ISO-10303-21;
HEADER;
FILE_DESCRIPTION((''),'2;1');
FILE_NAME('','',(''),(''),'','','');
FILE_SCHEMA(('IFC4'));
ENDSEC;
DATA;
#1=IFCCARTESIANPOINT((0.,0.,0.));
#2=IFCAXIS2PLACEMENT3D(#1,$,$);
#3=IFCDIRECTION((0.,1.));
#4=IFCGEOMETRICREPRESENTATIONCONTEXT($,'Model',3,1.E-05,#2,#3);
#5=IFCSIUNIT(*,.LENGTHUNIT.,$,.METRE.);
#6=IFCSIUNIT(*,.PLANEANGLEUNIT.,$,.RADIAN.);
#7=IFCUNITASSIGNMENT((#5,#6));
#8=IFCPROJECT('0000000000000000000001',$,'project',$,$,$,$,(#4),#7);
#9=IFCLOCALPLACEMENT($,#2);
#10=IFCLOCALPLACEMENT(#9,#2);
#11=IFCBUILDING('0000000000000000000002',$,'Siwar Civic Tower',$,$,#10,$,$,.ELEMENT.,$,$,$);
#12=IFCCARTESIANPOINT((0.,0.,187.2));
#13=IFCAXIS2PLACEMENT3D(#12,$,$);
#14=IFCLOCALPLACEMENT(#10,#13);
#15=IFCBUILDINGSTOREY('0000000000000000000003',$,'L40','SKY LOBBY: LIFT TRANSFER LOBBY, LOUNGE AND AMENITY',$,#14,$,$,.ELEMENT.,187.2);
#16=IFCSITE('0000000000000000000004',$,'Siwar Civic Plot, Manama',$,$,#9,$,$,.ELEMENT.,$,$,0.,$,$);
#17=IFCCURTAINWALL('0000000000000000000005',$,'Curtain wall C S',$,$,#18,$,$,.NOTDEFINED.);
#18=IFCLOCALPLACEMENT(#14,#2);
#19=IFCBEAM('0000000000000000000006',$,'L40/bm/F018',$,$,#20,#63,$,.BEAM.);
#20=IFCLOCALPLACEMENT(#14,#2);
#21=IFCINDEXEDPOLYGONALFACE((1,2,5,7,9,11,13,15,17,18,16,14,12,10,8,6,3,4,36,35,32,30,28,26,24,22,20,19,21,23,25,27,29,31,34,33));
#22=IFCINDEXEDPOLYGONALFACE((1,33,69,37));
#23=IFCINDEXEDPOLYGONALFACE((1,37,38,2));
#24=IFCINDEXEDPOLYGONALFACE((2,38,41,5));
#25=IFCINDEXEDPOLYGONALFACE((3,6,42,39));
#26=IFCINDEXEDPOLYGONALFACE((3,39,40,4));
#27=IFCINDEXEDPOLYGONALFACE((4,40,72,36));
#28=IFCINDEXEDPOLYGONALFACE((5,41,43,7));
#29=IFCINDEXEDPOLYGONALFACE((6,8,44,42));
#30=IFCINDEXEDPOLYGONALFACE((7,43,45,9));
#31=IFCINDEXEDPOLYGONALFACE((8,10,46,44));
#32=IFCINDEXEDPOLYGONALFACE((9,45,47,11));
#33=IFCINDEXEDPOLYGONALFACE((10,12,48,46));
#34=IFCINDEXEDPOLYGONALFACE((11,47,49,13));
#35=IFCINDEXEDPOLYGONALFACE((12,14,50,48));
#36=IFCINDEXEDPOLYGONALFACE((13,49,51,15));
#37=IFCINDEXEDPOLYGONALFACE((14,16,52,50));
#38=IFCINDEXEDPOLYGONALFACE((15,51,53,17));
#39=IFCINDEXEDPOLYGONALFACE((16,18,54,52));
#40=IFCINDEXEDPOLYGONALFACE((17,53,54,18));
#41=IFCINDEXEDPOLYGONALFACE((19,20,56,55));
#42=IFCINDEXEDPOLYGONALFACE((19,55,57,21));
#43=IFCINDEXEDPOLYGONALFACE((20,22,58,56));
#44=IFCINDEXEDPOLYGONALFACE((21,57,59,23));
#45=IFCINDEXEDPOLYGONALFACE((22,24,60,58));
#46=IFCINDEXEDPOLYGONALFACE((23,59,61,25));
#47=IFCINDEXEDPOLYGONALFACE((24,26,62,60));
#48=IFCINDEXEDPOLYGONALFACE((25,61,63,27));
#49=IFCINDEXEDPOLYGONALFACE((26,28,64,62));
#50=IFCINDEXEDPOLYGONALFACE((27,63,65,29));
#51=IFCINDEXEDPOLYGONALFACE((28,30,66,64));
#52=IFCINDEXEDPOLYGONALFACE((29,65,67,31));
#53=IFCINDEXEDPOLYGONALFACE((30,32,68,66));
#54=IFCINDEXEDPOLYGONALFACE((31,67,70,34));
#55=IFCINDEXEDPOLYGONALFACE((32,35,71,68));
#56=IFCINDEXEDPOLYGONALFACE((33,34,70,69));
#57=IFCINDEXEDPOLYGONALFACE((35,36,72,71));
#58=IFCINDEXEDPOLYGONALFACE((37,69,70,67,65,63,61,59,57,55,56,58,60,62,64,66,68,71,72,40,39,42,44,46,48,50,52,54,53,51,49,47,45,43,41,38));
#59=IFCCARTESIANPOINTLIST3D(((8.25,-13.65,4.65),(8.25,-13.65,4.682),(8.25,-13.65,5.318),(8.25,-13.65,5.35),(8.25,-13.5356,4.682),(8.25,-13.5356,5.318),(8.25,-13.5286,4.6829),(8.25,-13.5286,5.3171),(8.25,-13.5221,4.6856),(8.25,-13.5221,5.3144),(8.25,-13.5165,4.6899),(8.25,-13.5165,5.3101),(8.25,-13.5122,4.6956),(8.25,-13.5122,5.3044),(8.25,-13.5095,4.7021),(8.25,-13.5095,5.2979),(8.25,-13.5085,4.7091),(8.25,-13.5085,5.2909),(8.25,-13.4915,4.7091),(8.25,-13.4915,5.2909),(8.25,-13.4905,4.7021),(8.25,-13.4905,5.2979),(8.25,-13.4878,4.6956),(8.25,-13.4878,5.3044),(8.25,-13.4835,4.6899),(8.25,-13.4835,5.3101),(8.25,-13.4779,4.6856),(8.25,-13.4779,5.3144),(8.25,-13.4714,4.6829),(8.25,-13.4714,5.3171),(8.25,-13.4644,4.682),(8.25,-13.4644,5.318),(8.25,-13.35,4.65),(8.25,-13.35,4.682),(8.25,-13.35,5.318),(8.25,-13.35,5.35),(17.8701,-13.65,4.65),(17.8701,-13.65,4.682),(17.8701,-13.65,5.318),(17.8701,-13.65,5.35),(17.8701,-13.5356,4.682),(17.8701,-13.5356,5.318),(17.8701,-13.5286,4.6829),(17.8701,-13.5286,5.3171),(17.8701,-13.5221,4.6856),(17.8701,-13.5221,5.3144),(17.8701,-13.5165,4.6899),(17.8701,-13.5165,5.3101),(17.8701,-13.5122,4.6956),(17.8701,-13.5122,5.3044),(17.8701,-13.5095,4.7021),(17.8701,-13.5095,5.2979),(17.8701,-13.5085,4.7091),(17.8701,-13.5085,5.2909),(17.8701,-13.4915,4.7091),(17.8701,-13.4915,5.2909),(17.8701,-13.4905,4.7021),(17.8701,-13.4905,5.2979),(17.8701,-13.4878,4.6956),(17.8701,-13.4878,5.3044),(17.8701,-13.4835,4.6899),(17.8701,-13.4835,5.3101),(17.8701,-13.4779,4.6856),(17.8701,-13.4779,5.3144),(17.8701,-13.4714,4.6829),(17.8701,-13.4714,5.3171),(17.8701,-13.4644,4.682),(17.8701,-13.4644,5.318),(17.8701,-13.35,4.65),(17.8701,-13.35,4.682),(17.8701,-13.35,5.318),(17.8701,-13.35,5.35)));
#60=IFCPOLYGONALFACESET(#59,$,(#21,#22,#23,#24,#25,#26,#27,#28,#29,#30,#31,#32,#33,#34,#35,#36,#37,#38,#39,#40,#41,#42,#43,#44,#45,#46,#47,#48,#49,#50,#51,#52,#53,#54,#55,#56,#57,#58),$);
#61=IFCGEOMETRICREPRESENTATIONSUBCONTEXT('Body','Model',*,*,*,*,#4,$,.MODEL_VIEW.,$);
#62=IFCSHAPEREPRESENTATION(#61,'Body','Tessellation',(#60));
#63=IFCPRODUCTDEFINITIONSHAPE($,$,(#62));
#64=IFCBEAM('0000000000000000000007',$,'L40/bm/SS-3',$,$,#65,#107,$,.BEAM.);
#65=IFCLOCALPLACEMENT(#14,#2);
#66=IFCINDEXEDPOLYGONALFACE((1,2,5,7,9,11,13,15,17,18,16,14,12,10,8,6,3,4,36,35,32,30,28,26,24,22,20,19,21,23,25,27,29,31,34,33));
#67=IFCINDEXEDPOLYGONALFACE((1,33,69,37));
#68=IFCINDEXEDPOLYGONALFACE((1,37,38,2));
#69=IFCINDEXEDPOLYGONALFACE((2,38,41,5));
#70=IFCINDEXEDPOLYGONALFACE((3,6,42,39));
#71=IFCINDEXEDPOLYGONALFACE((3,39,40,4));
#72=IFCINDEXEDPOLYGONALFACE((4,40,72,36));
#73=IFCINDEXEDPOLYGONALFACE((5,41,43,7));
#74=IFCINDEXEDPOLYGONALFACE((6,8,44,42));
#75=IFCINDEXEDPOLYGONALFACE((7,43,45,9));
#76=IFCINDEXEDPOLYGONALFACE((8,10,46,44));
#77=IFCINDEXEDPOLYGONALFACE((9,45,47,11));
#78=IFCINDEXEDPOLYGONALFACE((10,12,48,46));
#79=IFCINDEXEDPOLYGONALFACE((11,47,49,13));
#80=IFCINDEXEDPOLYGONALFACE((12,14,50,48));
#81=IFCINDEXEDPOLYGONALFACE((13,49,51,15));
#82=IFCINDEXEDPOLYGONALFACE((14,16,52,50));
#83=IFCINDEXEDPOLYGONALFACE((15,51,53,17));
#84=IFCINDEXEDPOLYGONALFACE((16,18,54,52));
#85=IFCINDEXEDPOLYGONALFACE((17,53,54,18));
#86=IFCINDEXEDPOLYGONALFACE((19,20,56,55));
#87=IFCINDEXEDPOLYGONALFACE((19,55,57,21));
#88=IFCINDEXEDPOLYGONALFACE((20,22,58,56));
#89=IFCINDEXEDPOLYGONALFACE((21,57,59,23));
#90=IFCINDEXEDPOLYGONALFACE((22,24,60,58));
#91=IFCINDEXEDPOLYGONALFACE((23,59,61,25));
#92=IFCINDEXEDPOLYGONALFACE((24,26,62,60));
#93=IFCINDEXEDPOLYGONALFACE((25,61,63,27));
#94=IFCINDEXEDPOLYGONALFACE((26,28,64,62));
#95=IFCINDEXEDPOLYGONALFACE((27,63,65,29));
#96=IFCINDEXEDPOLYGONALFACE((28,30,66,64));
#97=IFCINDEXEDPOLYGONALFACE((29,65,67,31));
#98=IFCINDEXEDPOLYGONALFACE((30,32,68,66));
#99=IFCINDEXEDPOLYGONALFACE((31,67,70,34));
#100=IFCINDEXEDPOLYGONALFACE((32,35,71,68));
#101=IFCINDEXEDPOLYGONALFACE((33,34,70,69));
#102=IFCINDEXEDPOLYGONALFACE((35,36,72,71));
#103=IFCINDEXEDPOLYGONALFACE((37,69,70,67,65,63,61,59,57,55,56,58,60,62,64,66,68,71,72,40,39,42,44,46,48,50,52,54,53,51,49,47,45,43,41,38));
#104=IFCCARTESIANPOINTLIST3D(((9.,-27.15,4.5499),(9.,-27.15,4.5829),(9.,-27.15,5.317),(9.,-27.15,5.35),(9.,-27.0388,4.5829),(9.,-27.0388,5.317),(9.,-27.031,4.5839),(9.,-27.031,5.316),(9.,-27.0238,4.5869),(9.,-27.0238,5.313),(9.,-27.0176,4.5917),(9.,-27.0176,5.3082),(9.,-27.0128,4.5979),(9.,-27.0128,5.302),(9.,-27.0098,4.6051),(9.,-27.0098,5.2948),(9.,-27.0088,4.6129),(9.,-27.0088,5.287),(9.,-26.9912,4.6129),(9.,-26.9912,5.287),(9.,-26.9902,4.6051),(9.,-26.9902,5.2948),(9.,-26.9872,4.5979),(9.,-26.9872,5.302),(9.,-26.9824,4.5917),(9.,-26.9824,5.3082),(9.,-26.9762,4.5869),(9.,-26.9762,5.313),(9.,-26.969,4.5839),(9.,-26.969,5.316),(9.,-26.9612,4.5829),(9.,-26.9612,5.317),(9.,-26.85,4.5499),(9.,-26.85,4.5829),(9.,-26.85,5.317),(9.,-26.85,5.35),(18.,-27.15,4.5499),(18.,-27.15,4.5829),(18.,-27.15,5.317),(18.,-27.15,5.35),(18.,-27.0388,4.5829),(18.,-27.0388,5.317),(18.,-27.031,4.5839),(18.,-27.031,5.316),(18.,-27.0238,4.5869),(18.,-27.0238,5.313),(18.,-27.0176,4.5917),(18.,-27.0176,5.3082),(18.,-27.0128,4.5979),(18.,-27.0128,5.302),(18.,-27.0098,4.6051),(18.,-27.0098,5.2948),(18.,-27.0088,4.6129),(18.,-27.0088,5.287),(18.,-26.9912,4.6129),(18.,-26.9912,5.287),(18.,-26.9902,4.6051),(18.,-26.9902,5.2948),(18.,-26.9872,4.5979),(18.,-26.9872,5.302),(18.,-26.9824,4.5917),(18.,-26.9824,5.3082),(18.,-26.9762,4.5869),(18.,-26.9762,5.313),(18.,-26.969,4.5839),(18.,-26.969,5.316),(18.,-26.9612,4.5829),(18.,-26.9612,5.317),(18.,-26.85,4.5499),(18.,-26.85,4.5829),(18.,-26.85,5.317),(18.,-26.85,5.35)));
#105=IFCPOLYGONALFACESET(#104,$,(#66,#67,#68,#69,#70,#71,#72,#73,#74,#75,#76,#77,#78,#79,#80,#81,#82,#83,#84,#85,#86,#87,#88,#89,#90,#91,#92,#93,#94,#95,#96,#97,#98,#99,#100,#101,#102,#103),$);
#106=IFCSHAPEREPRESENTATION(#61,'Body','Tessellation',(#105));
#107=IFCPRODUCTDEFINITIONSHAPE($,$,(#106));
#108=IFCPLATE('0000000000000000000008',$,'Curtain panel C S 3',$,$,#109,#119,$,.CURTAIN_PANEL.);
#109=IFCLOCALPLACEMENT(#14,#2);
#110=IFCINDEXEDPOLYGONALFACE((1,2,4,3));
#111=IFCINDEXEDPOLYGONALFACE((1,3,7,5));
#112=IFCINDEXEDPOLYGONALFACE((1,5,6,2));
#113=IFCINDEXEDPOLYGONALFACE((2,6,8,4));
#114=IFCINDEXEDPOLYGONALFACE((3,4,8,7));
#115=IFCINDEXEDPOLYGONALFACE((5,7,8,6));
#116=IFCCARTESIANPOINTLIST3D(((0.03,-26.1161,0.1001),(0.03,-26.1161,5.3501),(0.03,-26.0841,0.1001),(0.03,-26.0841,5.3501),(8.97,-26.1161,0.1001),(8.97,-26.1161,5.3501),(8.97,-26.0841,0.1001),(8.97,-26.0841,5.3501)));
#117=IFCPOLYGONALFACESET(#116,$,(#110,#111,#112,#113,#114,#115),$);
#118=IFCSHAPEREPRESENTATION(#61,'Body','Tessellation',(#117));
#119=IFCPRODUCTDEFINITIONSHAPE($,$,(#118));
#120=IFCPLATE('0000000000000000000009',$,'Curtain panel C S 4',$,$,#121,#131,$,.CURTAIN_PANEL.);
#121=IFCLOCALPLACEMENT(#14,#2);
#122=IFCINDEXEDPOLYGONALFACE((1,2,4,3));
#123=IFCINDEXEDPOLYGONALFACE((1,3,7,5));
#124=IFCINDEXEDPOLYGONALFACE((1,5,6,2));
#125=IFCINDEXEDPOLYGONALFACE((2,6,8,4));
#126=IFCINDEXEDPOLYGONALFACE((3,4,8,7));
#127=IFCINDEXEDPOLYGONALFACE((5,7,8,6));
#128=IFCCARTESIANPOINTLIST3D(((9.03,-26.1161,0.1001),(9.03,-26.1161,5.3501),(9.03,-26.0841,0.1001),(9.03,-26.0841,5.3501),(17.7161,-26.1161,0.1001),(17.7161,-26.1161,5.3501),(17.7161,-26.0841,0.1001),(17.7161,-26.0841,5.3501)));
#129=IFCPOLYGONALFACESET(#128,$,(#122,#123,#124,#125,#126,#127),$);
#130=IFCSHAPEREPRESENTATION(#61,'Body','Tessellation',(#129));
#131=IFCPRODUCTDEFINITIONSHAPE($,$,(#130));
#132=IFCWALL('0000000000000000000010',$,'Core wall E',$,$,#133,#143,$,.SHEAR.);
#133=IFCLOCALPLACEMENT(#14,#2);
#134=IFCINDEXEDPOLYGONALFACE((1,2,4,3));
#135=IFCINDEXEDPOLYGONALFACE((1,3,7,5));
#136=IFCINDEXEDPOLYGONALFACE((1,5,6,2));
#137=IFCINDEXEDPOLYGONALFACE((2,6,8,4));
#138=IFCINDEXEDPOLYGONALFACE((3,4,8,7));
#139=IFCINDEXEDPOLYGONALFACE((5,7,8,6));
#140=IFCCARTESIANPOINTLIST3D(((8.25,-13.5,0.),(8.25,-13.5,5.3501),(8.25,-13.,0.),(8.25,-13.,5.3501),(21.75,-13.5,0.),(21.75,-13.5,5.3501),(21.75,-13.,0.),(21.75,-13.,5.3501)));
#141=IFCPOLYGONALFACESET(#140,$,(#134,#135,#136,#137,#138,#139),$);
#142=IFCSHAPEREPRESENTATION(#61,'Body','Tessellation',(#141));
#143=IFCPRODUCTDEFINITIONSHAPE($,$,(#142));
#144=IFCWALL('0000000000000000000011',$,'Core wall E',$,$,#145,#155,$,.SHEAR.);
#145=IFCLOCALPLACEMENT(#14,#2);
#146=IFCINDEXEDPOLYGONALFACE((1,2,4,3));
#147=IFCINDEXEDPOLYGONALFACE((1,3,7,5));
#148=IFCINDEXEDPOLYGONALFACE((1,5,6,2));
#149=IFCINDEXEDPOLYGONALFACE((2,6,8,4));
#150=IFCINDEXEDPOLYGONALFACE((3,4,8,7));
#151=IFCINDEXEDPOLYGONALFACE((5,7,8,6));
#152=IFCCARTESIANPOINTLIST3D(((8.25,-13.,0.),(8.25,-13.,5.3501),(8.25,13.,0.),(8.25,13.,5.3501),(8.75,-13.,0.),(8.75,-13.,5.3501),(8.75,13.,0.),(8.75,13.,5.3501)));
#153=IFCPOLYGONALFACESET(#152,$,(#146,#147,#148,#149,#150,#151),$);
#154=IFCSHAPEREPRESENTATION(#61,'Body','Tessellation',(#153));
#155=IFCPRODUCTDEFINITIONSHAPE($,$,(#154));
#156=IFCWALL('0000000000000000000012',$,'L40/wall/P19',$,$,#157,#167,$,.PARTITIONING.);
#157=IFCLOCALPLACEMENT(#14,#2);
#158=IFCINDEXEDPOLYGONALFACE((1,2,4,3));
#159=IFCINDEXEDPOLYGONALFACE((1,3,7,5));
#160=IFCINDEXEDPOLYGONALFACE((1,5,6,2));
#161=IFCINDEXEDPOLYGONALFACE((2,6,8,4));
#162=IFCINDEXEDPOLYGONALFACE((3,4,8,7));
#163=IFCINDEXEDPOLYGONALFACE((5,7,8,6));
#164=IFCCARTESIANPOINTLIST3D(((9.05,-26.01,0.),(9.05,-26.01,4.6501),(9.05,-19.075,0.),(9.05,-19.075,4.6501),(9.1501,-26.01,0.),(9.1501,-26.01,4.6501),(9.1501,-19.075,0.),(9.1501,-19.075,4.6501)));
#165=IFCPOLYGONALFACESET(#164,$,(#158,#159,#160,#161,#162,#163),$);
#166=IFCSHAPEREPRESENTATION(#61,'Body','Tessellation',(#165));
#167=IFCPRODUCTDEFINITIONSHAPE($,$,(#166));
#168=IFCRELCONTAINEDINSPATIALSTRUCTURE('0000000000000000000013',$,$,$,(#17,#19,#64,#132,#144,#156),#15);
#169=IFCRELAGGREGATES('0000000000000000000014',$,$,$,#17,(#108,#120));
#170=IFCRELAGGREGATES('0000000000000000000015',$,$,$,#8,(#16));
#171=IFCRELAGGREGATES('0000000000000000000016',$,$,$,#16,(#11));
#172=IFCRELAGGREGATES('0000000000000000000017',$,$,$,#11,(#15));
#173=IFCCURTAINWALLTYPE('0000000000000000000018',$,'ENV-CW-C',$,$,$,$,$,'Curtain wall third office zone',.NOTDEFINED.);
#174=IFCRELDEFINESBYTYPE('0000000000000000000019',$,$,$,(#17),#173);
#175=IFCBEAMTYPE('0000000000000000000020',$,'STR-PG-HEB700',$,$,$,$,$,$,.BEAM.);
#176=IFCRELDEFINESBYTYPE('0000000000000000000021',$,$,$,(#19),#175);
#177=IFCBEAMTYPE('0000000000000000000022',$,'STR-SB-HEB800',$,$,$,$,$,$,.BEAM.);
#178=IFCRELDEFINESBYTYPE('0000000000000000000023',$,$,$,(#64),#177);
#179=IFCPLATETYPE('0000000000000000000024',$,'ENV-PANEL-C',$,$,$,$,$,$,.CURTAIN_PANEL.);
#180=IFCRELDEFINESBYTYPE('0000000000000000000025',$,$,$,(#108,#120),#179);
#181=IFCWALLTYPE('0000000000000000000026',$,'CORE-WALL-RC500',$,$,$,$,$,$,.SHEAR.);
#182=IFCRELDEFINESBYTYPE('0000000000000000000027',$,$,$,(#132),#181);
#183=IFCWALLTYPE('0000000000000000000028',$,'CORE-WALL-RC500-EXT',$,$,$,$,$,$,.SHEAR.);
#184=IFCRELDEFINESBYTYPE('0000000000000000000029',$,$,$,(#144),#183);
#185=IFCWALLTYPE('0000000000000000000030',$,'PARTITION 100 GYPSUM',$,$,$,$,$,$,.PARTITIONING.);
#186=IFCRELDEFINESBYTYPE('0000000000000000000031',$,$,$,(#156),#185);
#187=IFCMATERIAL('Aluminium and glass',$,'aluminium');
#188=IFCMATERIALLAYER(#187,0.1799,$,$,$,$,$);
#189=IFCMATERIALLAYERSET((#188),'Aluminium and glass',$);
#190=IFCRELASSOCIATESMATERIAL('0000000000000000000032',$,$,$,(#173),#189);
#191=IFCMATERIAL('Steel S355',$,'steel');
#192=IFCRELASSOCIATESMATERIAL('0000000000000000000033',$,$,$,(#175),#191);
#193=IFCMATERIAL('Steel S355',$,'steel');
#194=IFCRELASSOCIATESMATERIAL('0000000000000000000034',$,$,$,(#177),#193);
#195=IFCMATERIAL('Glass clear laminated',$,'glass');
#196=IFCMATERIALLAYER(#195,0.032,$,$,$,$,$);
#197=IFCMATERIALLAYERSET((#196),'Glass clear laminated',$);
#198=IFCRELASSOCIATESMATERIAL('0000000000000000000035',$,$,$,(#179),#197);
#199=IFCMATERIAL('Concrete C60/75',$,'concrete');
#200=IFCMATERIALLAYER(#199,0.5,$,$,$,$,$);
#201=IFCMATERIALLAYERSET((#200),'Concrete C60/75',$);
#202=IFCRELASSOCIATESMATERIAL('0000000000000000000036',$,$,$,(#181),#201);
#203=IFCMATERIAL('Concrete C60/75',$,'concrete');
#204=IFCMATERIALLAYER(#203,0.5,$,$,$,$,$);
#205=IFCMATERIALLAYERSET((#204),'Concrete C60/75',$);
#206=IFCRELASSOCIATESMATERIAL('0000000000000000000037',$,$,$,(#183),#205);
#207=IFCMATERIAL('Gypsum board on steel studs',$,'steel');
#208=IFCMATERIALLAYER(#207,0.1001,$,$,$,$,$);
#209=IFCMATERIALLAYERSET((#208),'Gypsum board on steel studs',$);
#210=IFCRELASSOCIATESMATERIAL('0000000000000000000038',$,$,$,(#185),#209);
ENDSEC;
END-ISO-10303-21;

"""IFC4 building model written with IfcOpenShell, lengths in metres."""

from ifc_helpers import new_model, si_unit, direction, frame, frame_2d, origin, origin_2d, place, context, subcontext, project, spatial, rectangle, i_section, extrude, material, layer, layer_set, material_profile, profile_set, type_object, element, aggregate, save


model = new_model("IFC4")

# Units and contexts
model_context = context("Model", 3, precision=1e-05, world=origin(), true_north=direction((0.0, 1.0)))
body_context = subcontext(model_context, "Body", "Model", "MODEL_VIEW")
ifc_project = project(units=[si_unit("LENGTHUNIT", "METRE"), si_unit("PLANEANGLEUNIT", "RADIAN")], contexts=[model_context])

# Site, building, storey
site_placement = place(None, origin())
site = spatial("IfcSite", under=ifc_project, at=site_placement, Name="Siwar Civic Plot, Manama", CompositionType="ELEMENT", RefElevation=0.0)
building_placement = place(site_placement, origin())
building = spatial("IfcBuilding", under=site, at=building_placement, Name="Siwar Civic Tower", CompositionType="ELEMENT")
storey_placement = place(building_placement, frame((0.0, 0.0, 187.2)))
storey = spatial("IfcBuildingStorey", under=building, at=storey_placement, Name="L40", Description="SKY LOBBY: LIFT TRANSFER LOBBY, LOUNGE AND AMENITY", CompositionType="ELEMENT", Elevation=187.2)

# Curtain wall
ifc_material_1 = material(Name="Aluminium and glass", Category="aluminium")
ifc_layer_1 = layer(ifc_material_1, 0.1799)
ifc_layer_set_1 = layer_set([ifc_layer_1], Name="Aluminium and glass")
curtain_wall_type = type_object("IfcCurtainWallType", Name="ENV-CW-C", ElementType="Curtain wall third office zone", PredefinedType="NOTDEFINED", material=ifc_layer_set_1)
curtain_wall_placement = place(storey_placement, origin())
curtain_wall = element("IfcCurtainWall", 1, at=curtain_wall_placement, inside=storey, type_object=curtain_wall_type, Name="Curtain wall C S", PredefinedType="NOTDEFINED")

# Beams
ifc_material_2 = material(Name="Steel S355", Category="steel")
ifc_material_profile_1 = material_profile(ifc_material_2, i_section(OverallWidth=0.3, OverallDepth=0.7, WebThickness=0.0171, FlangeThickness=0.032, FilletRadius=0.0271, at=origin_2d()), Name="HEB700")
ifc_profile_set_1 = profile_set([ifc_material_profile_1], Name="Steel S355")
beam_type_1 = type_object("IfcBeamType", Name="STR-PG-HEB700", PredefinedType="BEAM", material=ifc_profile_set_1)
beam_1_placement = place(storey_placement, frame((8.25, -13.5, 5.0), z_axis=(1.0, 0.0, 0.0), x_axis=(0.0, 1.0, 0.0)))
element("IfcBeam", 2, at=beam_1_placement, inside=storey, type_object=beam_type_1, Name="L40/bm/F018", PredefinedType="BEAM", context=body_context, shape_type="SweptSolid", body=[
    extrude(i_section(OverallWidth=0.3, OverallDepth=0.7, WebThickness=0.0171, FlangeThickness=0.032, FilletRadius=0.0271, at=origin_2d()), origin(), (0.0, 0.0, 1.0), 9.6201),
])
ifc_material_3 = material(Name="Steel S355", Category="steel")
ifc_material_profile_2 = material_profile(ifc_material_3, i_section(OverallWidth=0.3, OverallDepth=0.8, WebThickness=0.0176, FlangeThickness=0.033, FilletRadius=0.03, at=origin_2d()), Name="HEB800")
ifc_profile_set_2 = profile_set([ifc_material_profile_2], Name="Steel S355")
beam_type_2 = type_object("IfcBeamType", Name="STR-SB-HEB800", PredefinedType="BEAM", material=ifc_profile_set_2)
beam_2_placement = place(storey_placement, frame((9.0, -27.0, 4.95), z_axis=(1.0, 0.0, 0.0), x_axis=(0.0, 1.0, 0.0)))
element("IfcBeam", 3, at=beam_2_placement, inside=storey, type_object=beam_type_2, Name="L40/bm/SS-3", PredefinedType="BEAM", context=body_context, shape_type="SweptSolid", body=[
    extrude(i_section(OverallWidth=0.3, OverallDepth=0.8, WebThickness=0.0176, FlangeThickness=0.033, FilletRadius=0.03, at=origin_2d()), origin(), (0.0, 0.0, 1.0), 9.0),
])

# Plates
ifc_material_4 = material(Name="Glass clear laminated", Category="glass")
ifc_layer_2 = layer(ifc_material_4, 0.032)
ifc_layer_set_2 = layer_set([ifc_layer_2], Name="Glass clear laminated")
plate_type = type_object("IfcPlateType", Name="ENV-PANEL-C", PredefinedType="CURTAIN_PANEL", material=ifc_layer_set_2)
plate_1_placement = place(storey_placement, frame((4.5, -26.1001, 0.1001), z_axis=(0.0, 0.0, 1.0), x_axis=(1.0, 0.0, 0.0)))
plate_1 = element("IfcPlate", 4, at=plate_1_placement, type_object=plate_type, Name="Curtain panel C S 3", PredefinedType="CURTAIN_PANEL", context=body_context, shape_type="SweptSolid", body=[
    extrude(rectangle(XDim=8.9399, YDim=0.032, at=origin_2d()), origin(), (0.0, 0.0, 1.0), 5.25),
])
plate_2_placement = place(storey_placement, frame((13.373, -26.1001, 0.1001), z_axis=(0.0, 0.0, 1.0), x_axis=(1.0, 0.0, 0.0)))
plate_2 = element("IfcPlate", 5, at=plate_2_placement, type_object=plate_type, Name="Curtain panel C S 4", PredefinedType="CURTAIN_PANEL", context=body_context, shape_type="SweptSolid", body=[
    extrude(rectangle(XDim=8.686, YDim=0.032, at=origin_2d()), origin(), (0.0, 0.0, 1.0), 5.25),
])
aggregate(curtain_wall, [plate_1, plate_2])

# Walls
ifc_material_5 = material(Name="Concrete C60/75", Category="concrete")
ifc_layer_3 = layer(ifc_material_5, 0.5)
ifc_layer_set_3 = layer_set([ifc_layer_3], Name="Concrete C60/75")
wall_type_1 = type_object("IfcWallType", Name="CORE-WALL-RC500", PredefinedType="SHEAR", material=ifc_layer_set_3)
wall_1_placement = place(storey_placement, frame((8.25, -13.25, 0.0), z_axis=(0.0, 0.0, 1.0), x_axis=(1.0, 0.0, 0.0)))
element("IfcWall", 6, at=wall_1_placement, inside=storey, type_object=wall_type_1, Name="Core wall E", PredefinedType="SHEAR", context=body_context, shape_type="SweptSolid", body=[
    extrude(rectangle(XDim=13.5, YDim=0.5, at=frame_2d((6.75, 0.0))), origin(), (0.0, 0.0, 1.0), 5.3501),
])
ifc_material_6 = material(Name="Concrete C60/75", Category="concrete")
ifc_layer_4 = layer(ifc_material_6, 0.5)
ifc_layer_set_4 = layer_set([ifc_layer_4], Name="Concrete C60/75")
wall_type_2 = type_object("IfcWallType", Name="CORE-WALL-RC500-EXT", PredefinedType="SHEAR", material=ifc_layer_set_4)
wall_2_placement = place(storey_placement, frame((8.5, -13.0, 0.0), z_axis=(0.0, 0.0, 1.0), x_axis=(0.0, 1.0, 0.0)))
element("IfcWall", 7, at=wall_2_placement, inside=storey, type_object=wall_type_2, Name="Core wall E", PredefinedType="SHEAR", context=body_context, shape_type="SweptSolid", body=[
    extrude(rectangle(XDim=26.0, YDim=0.5, at=frame_2d((13.0, 0.0))), origin(), (0.0, 0.0, 1.0), 5.3501),
])
ifc_material_7 = material(Name="Gypsum board on steel studs", Category="steel")
ifc_layer_5 = layer(ifc_material_7, 0.1001)
ifc_layer_set_5 = layer_set([ifc_layer_5], Name="Gypsum board on steel studs")
wall_type_3 = type_object("IfcWallType", Name="PARTITION 100 GYPSUM", PredefinedType="PARTITIONING", material=ifc_layer_set_5)
wall_3_placement = place(storey_placement, frame((9.1001, -26.01, 0.0), z_axis=(0.0, 0.0, 1.0), x_axis=(0.0, 1.0, 0.0)))
element("IfcWall", 8, at=wall_3_placement, inside=storey, type_object=wall_type_3, Name="L40/wall/P19", PredefinedType="PARTITIONING", context=body_context, shape_type="SweptSolid", body=[
    extrude(rectangle(XDim=6.9351, YDim=0.1001, at=frame_2d((3.4675, 0.0))), origin(), (0.0, 0.0, 1.0), 4.6501),
])

save(model, "model.ifc")
